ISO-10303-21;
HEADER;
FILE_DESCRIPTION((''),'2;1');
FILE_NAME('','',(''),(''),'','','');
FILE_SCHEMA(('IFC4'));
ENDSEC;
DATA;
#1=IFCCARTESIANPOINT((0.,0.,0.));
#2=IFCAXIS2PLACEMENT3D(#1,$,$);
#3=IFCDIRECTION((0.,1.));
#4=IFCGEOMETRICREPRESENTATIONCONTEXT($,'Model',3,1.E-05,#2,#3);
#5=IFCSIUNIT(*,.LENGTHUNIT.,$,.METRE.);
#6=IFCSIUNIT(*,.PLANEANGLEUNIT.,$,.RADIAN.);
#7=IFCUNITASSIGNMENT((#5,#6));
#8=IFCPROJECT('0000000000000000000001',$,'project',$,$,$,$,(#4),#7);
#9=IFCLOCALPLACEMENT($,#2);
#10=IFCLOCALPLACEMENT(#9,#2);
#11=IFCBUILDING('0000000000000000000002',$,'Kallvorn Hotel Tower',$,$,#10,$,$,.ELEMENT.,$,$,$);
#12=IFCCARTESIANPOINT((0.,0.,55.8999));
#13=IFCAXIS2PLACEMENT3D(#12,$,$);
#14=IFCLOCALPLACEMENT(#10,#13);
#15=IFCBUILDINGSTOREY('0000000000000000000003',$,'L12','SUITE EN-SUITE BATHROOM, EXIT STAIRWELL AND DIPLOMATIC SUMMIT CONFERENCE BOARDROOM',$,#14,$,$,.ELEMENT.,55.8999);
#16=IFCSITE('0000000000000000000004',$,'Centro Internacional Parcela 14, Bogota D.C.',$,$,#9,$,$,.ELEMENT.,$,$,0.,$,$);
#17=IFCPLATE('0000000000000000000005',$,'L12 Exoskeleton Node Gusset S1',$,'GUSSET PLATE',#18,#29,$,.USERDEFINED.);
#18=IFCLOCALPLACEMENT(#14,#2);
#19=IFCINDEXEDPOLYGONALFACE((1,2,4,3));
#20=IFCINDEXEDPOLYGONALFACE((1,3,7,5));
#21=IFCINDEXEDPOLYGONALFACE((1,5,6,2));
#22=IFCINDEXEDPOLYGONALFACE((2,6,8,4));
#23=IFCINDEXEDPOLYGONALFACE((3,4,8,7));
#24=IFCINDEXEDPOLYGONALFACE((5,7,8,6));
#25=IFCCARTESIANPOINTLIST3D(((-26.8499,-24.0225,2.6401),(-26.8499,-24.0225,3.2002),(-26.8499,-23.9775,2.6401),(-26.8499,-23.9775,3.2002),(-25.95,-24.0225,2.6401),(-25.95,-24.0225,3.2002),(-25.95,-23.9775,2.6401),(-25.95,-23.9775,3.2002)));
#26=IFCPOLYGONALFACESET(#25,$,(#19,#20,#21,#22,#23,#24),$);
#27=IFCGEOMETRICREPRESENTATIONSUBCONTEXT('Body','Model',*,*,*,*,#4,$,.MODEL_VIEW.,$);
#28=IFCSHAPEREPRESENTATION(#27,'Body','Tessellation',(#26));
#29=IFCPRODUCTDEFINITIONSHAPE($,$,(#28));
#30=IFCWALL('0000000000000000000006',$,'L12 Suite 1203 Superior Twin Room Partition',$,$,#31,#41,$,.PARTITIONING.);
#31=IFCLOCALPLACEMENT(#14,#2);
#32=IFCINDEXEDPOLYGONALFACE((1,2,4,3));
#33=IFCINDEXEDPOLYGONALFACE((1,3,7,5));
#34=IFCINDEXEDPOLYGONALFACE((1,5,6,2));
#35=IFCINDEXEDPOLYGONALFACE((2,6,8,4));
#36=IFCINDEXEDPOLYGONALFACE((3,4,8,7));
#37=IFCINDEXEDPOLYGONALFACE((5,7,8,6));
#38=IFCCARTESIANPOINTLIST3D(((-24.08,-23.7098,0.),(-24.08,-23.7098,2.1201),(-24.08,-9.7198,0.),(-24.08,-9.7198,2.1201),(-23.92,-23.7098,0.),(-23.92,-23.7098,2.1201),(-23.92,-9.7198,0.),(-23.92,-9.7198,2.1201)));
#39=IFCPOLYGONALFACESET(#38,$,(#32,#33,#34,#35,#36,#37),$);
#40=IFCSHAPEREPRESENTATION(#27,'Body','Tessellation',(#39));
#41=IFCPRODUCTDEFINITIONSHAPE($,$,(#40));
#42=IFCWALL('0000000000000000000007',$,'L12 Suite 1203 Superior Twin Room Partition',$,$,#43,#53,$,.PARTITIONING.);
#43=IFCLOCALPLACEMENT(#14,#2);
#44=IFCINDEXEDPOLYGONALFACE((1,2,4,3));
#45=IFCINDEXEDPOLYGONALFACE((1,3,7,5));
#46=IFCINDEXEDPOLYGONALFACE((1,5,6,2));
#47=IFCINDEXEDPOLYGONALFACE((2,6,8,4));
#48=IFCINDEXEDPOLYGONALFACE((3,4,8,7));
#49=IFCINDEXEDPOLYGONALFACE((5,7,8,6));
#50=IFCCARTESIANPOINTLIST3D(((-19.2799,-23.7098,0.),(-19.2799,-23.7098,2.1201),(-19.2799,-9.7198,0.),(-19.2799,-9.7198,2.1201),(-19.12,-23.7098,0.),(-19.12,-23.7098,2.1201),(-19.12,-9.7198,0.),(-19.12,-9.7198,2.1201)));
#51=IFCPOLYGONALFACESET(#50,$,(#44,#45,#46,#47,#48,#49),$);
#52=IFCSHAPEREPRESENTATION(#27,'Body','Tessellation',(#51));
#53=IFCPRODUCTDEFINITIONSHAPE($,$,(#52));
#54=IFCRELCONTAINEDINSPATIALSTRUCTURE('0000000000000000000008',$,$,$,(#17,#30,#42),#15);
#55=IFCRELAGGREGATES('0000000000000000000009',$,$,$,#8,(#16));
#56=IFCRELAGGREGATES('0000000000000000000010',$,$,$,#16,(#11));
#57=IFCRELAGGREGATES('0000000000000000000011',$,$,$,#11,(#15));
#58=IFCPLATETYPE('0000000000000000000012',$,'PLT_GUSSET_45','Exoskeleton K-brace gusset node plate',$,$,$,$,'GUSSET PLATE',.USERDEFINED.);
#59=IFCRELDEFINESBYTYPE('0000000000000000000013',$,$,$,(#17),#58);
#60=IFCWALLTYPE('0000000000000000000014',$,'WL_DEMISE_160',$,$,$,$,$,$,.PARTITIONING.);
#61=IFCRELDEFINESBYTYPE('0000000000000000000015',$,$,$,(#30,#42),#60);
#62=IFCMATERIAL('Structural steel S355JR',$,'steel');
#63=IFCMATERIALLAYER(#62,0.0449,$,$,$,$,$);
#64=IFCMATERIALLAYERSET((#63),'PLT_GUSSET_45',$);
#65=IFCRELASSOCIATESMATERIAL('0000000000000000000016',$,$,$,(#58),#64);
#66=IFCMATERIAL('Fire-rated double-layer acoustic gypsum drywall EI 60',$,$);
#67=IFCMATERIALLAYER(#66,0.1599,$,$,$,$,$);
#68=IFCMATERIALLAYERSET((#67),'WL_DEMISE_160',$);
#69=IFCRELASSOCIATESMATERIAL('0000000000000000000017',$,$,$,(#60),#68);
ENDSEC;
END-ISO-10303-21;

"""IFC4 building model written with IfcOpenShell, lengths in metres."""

from ifc_helpers import new_model, si_unit, direction, frame, frame_2d, origin, origin_2d, place, context, subcontext, project, spatial, rectangle, extrude, material, layer, layer_set, type_object, element, save


model = new_model("IFC4")

# Units and contexts
model_context = context("Model", 3, precision=1e-05, world=origin(), true_north=direction((0.0, 1.0)))
body_context = subcontext(model_context, "Body", "Model", "MODEL_VIEW")
ifc_project = project(units=[si_unit("LENGTHUNIT", "METRE"), si_unit("PLANEANGLEUNIT", "RADIAN")], contexts=[model_context])

# Site, building, storey
site_placement = place(None, origin())
site = spatial("IfcSite", under=ifc_project, at=site_placement, Name="Centro Internacional Parcela 14, Bogota D.C.", CompositionType="ELEMENT", RefElevation=0.0)
building_placement = place(site_placement, origin())
building = spatial("IfcBuilding", under=site, at=building_placement, Name="Kallvorn Hotel Tower", CompositionType="ELEMENT")
storey_placement = place(building_placement, frame((0.0, 0.0, 55.8999)))
storey = spatial("IfcBuildingStorey", under=building, at=storey_placement, Name="L12", Description="SUITE EN-SUITE BATHROOM, EXIT STAIRWELL AND DIPLOMATIC SUMMIT CONFERENCE BOARDROOM", CompositionType="ELEMENT", Elevation=55.8999)

# Plate
ifc_material_1 = material(Name="Structural steel S355JR", Category="steel")
ifc_layer_1 = layer(ifc_material_1, 0.0449)
ifc_layer_set_1 = layer_set([ifc_layer_1], Name="PLT_GUSSET_45")
plate_type_1 = type_object("IfcPlateType", Name="PLT_GUSSET_45", Description="Exoskeleton K-brace gusset node plate", ElementType="GUSSET PLATE", PredefinedType="USERDEFINED", material=ifc_layer_set_1)
plate_placement = place(storey_placement, frame((-26.3999, -24.0, 2.6401), z_axis=(0.0, 0.0, 1.0), x_axis=(1.0, 0.0, 0.0)))
element("IfcPlate", 1, at=plate_placement, inside=storey, type_object=plate_type_1, Name="L12 Exoskeleton Node Gusset S1", ObjectType="GUSSET PLATE", PredefinedType="USERDEFINED", context=body_context, shape_type="SweptSolid", body=[
    extrude(rectangle(XDim=0.8999, YDim=0.0449, at=origin_2d()), origin(), (0.0, 0.0, 1.0), 0.5601),
])

# Walls
ifc_material_2 = material(Name="Fire-rated double-layer acoustic gypsum drywall EI 60")
ifc_layer_2 = layer(ifc_material_2, 0.1599)
ifc_layer_set_2 = layer_set([ifc_layer_2], Name="WL_DEMISE_160")
wall_type = type_object("IfcWallType", Name="WL_DEMISE_160", PredefinedType="PARTITIONING", material=ifc_layer_set_2)
for number, where, z_axis, x_axis, name in (
    (2, (-24.0, -23.71, 0.0), (0.0, 0.0, 1.0), (0.0, 1.0, 0.0), "L12 Suite 1203 Superior Twin Room Partition"),
    (3, (-19.2, -23.71, 0.0), (0.0, 0.0, 1.0), (0.0, 1.0, 0.0), "L12 Suite 1203 Superior Twin Room Partition"),
):
    element("IfcWall", number, at=place(storey_placement, frame(where, z_axis=z_axis, x_axis=x_axis)), inside=storey, type_object=wall_type, Name=name, PredefinedType="PARTITIONING", context=body_context, shape_type="SweptSolid", body=[
        extrude(rectangle(XDim=13.99, YDim=0.1599, at=frame_2d((6.9951, 0.0))), origin(), (0.0, 0.0, 1.0), 2.1201),
    ])

save(model, "model.ifc")
